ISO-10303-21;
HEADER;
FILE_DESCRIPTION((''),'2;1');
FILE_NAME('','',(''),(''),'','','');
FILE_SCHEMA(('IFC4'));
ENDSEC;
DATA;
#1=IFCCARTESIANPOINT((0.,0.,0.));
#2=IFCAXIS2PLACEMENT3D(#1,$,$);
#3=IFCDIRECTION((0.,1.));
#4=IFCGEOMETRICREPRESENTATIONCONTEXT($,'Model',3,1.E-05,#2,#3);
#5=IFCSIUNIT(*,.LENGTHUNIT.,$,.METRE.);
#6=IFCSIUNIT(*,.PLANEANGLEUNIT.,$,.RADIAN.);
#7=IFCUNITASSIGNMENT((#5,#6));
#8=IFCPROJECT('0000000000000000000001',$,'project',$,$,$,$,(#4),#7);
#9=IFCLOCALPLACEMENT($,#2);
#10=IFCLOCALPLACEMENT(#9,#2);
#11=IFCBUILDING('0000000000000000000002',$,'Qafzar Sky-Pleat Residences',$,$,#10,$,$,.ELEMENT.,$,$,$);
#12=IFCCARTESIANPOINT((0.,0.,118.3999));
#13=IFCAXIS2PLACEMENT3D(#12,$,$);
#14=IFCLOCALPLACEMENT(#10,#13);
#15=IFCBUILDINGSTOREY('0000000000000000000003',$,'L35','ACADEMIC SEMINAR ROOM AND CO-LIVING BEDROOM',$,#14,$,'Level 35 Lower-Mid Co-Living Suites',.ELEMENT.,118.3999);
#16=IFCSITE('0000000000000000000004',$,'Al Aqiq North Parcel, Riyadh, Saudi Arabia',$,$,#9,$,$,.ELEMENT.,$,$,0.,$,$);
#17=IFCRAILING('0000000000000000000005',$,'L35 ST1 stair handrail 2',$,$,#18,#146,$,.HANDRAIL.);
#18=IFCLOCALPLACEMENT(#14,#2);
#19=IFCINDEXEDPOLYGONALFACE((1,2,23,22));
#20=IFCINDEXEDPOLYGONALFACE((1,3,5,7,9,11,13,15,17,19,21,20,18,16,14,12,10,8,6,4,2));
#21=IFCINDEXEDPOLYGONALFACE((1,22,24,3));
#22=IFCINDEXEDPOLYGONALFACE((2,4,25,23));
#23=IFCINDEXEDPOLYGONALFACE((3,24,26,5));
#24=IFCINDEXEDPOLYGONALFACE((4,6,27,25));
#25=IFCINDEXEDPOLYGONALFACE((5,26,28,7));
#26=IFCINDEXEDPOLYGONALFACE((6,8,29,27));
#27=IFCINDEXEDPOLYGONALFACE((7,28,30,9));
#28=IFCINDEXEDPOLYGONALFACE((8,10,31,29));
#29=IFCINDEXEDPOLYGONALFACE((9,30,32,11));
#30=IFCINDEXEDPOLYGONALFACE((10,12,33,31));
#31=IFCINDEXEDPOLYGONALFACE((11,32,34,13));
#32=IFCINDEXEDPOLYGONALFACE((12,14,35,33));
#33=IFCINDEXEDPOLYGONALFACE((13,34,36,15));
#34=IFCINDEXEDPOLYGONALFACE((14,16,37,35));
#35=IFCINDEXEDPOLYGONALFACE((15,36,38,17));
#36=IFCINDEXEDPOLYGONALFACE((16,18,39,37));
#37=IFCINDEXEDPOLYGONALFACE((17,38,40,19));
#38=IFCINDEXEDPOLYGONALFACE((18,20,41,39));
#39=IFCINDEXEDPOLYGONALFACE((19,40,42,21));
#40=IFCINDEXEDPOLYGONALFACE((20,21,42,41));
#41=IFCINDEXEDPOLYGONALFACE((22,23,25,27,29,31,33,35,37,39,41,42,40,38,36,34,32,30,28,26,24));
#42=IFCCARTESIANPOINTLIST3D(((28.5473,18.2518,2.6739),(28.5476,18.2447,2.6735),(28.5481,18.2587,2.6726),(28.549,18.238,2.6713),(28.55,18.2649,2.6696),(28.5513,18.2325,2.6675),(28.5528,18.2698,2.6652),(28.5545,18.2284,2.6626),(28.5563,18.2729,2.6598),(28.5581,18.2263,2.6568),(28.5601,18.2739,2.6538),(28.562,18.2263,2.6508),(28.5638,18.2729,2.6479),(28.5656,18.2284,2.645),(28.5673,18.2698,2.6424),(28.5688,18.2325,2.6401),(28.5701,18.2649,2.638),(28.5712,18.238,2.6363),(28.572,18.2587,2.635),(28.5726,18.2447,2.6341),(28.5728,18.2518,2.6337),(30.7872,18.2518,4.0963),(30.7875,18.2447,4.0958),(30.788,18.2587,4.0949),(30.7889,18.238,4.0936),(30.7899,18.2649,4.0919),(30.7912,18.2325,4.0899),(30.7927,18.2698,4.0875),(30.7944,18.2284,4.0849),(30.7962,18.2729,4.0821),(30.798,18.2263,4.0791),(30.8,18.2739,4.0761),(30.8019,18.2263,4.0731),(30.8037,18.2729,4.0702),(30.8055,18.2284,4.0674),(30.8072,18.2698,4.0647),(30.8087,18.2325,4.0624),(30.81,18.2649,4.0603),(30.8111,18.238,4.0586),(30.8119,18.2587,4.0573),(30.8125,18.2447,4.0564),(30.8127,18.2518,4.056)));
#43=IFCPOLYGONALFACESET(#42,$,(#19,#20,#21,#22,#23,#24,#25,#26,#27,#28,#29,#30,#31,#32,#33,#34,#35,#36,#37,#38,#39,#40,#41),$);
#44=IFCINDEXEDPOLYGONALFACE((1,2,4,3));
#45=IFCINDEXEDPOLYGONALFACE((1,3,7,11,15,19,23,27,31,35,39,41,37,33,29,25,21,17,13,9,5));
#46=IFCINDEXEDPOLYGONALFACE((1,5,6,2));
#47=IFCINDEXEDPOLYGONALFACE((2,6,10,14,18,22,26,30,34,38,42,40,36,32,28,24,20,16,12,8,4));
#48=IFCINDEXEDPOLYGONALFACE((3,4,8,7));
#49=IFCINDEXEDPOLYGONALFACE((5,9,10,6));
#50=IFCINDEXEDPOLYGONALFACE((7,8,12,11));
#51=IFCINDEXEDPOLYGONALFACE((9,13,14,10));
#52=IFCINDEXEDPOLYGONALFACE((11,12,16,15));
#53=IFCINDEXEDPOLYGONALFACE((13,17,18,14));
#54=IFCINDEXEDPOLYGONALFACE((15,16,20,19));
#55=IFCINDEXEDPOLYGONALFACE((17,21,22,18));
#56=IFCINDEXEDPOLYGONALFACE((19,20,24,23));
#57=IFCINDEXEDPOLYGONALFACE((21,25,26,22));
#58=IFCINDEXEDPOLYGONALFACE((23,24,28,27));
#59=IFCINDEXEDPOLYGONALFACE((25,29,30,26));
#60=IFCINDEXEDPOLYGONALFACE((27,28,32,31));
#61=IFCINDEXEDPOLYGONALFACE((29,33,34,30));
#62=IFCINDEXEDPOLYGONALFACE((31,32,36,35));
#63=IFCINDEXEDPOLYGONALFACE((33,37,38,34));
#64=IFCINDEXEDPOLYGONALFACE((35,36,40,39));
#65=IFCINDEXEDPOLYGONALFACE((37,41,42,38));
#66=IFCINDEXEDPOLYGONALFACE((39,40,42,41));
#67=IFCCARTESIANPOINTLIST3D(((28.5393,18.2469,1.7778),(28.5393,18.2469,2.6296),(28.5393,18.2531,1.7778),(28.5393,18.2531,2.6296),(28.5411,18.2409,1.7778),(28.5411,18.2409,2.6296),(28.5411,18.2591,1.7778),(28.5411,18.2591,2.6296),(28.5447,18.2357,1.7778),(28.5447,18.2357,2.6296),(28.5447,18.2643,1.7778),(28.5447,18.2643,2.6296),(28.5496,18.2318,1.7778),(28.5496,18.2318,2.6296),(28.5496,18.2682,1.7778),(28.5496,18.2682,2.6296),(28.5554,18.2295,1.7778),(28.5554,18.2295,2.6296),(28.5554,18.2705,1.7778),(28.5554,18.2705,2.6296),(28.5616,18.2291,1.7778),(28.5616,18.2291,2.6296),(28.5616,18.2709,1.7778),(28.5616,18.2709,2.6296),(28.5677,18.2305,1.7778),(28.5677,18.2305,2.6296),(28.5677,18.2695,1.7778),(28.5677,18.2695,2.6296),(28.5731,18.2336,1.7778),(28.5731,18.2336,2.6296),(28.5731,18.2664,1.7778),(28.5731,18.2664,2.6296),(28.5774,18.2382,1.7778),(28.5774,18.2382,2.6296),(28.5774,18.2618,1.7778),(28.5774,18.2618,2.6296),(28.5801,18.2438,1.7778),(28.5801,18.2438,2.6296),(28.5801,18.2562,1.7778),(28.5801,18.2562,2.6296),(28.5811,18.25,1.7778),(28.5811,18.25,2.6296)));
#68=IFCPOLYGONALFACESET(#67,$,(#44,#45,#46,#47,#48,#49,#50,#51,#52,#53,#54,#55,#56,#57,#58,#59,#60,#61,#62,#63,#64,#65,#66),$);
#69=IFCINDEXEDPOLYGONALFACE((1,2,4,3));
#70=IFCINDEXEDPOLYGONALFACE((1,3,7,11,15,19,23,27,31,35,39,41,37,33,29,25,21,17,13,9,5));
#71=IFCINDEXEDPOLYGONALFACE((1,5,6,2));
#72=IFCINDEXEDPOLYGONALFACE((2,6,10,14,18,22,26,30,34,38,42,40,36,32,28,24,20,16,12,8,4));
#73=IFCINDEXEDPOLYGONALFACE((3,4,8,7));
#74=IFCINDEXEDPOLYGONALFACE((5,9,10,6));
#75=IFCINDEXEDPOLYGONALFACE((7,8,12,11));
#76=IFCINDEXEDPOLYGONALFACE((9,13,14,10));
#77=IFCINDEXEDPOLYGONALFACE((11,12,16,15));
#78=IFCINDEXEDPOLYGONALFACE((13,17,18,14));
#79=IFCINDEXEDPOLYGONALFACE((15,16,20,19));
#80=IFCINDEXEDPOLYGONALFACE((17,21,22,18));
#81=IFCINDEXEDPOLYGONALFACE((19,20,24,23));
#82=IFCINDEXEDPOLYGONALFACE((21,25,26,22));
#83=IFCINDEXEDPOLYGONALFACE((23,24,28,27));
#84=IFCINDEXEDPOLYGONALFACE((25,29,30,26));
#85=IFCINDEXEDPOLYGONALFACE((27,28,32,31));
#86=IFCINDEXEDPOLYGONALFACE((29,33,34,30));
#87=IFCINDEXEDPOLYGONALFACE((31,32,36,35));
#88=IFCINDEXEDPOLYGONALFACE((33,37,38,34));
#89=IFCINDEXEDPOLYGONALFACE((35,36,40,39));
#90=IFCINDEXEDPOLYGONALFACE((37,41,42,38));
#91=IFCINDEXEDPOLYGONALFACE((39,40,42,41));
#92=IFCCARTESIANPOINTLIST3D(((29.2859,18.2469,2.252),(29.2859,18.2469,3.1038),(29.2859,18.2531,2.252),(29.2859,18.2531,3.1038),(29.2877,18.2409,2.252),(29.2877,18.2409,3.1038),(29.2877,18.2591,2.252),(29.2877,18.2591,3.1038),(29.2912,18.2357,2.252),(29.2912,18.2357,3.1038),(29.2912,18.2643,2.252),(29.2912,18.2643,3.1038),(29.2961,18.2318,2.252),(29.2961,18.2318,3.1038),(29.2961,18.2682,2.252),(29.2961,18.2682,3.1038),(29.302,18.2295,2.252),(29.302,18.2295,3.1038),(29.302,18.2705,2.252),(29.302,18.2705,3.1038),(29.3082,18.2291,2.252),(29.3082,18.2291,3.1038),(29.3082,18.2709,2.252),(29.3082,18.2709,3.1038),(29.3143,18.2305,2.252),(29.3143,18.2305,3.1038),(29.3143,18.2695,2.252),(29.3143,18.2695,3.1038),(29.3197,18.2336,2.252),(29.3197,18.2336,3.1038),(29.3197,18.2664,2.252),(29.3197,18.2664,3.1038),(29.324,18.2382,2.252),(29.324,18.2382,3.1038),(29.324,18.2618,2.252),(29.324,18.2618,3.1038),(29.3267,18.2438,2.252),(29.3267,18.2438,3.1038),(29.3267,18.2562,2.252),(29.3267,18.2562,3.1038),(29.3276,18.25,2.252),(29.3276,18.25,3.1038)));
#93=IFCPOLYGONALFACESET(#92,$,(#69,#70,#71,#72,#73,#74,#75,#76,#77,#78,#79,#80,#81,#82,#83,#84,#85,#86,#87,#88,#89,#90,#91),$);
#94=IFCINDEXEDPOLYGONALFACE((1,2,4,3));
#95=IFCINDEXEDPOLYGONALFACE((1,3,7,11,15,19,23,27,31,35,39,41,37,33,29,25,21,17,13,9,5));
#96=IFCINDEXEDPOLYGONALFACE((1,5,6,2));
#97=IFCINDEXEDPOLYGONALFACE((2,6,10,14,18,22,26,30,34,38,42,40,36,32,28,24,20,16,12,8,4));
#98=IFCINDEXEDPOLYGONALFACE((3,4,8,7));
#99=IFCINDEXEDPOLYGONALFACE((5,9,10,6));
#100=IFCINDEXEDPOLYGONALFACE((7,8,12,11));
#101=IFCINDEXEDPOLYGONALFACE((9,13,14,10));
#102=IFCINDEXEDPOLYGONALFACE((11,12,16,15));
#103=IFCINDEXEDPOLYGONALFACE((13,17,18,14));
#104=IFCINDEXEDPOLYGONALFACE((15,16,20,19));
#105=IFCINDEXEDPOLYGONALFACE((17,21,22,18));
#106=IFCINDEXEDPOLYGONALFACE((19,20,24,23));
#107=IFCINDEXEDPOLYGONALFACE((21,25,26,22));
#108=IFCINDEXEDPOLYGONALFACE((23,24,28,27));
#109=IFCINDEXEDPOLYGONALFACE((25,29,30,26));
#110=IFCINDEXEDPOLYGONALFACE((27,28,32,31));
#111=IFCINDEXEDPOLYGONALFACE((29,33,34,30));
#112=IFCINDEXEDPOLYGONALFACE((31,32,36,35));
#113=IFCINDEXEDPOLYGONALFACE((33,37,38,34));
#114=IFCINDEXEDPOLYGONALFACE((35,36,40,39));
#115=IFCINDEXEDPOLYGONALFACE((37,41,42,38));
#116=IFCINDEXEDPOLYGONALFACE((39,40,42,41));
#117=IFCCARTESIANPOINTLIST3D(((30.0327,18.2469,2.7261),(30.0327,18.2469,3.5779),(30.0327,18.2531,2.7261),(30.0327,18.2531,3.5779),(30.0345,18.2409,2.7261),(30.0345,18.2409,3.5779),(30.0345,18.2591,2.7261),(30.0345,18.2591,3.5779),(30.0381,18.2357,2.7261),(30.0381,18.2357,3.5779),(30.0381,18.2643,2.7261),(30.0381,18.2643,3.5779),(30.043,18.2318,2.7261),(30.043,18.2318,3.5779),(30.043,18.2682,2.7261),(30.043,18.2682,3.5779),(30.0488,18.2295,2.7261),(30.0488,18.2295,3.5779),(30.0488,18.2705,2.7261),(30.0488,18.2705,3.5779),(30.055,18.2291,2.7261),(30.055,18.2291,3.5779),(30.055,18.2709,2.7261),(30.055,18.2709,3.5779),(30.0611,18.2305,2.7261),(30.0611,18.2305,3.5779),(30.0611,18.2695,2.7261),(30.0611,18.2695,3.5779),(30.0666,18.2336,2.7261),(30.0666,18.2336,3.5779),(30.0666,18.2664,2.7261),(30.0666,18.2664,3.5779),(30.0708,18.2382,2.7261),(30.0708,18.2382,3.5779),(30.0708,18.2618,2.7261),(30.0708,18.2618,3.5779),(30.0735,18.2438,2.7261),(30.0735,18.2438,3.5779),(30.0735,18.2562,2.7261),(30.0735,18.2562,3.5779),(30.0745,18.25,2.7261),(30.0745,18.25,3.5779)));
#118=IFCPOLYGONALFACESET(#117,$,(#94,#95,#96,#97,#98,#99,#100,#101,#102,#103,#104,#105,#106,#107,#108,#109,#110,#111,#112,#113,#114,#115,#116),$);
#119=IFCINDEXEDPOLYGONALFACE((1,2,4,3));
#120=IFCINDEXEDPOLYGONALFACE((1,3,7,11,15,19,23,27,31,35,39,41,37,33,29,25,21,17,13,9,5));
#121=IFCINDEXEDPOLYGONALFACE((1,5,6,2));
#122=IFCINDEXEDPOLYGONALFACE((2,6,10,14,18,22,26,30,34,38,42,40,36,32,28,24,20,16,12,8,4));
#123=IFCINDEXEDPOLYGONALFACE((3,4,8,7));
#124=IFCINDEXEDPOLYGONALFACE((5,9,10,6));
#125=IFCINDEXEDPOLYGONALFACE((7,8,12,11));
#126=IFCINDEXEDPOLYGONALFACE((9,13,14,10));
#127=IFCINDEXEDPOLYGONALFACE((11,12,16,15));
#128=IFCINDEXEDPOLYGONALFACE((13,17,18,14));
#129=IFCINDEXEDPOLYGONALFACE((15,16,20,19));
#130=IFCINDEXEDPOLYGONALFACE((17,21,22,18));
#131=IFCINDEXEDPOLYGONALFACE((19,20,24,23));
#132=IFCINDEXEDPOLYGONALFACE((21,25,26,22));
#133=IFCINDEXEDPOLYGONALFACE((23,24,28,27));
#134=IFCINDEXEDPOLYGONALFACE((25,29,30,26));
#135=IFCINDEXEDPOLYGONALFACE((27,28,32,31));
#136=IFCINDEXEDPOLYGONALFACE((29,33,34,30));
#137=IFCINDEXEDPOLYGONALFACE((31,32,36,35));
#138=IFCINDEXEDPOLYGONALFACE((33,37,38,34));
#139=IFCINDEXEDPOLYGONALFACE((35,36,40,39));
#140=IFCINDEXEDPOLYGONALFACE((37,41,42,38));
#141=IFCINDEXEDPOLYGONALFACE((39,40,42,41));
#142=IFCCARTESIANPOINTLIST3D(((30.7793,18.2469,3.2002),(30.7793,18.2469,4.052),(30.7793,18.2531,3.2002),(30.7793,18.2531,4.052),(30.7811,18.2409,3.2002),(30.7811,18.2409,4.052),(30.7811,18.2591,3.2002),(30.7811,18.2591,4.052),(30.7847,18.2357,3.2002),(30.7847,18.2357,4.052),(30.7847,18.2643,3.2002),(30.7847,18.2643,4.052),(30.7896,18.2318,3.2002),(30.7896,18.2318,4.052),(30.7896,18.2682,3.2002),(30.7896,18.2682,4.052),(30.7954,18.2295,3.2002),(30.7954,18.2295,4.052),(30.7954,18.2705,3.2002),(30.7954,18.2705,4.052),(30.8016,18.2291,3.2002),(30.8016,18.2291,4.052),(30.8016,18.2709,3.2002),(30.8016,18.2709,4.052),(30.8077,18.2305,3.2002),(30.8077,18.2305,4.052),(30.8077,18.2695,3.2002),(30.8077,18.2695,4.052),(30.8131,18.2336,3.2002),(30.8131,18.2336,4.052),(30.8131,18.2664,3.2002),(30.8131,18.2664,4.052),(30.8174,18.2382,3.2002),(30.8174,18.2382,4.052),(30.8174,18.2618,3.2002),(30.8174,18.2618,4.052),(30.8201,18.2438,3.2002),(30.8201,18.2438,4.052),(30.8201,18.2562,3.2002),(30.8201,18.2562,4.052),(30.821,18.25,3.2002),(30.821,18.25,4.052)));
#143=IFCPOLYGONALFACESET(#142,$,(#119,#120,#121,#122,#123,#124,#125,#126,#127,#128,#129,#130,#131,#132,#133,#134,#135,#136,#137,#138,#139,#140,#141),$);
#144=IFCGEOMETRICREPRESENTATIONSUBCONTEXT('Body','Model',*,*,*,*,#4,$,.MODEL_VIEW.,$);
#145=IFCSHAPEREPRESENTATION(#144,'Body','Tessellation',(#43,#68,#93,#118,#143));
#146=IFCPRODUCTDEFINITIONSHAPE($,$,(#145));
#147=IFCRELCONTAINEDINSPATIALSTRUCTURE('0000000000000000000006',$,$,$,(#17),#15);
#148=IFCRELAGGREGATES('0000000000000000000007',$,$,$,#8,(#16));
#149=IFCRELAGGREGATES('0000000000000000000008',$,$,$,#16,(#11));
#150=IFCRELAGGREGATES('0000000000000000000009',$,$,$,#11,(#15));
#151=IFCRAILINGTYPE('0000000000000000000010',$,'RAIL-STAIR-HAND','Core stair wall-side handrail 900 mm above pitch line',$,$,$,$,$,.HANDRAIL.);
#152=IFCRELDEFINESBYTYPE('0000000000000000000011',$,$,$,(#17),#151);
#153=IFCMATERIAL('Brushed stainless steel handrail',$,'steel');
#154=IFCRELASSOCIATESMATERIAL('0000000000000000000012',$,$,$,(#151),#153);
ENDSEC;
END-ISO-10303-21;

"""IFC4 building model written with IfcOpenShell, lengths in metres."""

from ifc_helpers import new_model, si_unit, direction, frame, origin, origin_2d, place, context, subcontext, project, spatial, circle, extrude, source, transform, mapped, material, type_object, element, save


model = new_model("IFC4")

# Units and contexts
model_context = context("Model", 3, precision=1e-05, world=origin(), true_north=direction((0.0, 1.0)))
body_context = subcontext(model_context, "Body", "Model", "MODEL_VIEW")
ifc_project = project(units=[si_unit("LENGTHUNIT", "METRE"), si_unit("PLANEANGLEUNIT", "RADIAN")], contexts=[model_context])

# Site, building, storey
site_placement = place(None, origin())
site = spatial("IfcSite", under=ifc_project, at=site_placement, Name="Al Aqiq North Parcel, Riyadh, Saudi Arabia", CompositionType="ELEMENT", RefElevation=0.0)
building_placement = place(site_placement, origin())
building = spatial("IfcBuilding", under=site, at=building_placement, Name="Qafzar Sky-Pleat Residences", CompositionType="ELEMENT")
storey_placement = place(building_placement, frame((0.0, 0.0, 118.3999)))
storey = spatial("IfcBuildingStorey", under=building, at=storey_placement, Name="L35", Description="ACADEMIC SEMINAR ROOM AND CO-LIVING BEDROOM", LongName="Level 35 Lower-Mid Co-Living Suites", CompositionType="ELEMENT", Elevation=118.3999)

# Railing
ifc_material_1 = material(Name="Brushed stainless steel handrail", Category="steel")
railing_type_1 = type_object("IfcRailingType", Name="RAIL-STAIR-HAND", Description="Core stair wall-side handrail 900 mm above pitch line", PredefinedType="HANDRAIL", material=ifc_material_1)
shared_shape_1 = source(origin(), body_context, "Body", "SweptSolid", [
    extrude(circle(Radius=0.0239, at=origin_2d()), frame((0.0, 0.0, 0.876), z_axis=(0.844188, 0.0, 0.536048), x_axis=(0.0, 1.0, 0.0)), (0.0, 0.0, 1.0), 2.6533),
    extrude(circle(Radius=0.021, at=origin_2d()), origin(), (0.0, 0.0, 1.0), 0.8518),
    extrude(circle(Radius=0.021, at=origin_2d()), frame((0.7466, 0.0, 0.4741)), (0.0, 0.0, 1.0), 0.8518),
    extrude(circle(Radius=0.021, at=origin_2d()), frame((1.4934, 0.0, 0.9482)), (0.0, 0.0, 1.0), 0.8518),
    extrude(circle(Radius=0.021, at=origin_2d()), frame((2.24, 0.0, 1.4224)), (0.0, 0.0, 1.0), 0.8518),
])
for number, where, name in (
    (1, (28.5601, 18.25, 1.7778), "L35 ST1 stair handrail 2"),
):
    element("IfcRailing", number, at=place(storey_placement, frame(where)), inside=storey, type_object=railing_type_1, Name=name, PredefinedType="HANDRAIL", context=body_context, shape_type="MappedRepresentation", body=[
        mapped(shared_shape_1, transform((0.0, 0.0, 0.0), x_axis=(1.0, 0.0, 0.0), y_axis=(0.0, 1.0, 0.0), z_axis=(0.0, 0.0, 1.0), scale=1.0)),
    ])

save(model, "model.ifc")
